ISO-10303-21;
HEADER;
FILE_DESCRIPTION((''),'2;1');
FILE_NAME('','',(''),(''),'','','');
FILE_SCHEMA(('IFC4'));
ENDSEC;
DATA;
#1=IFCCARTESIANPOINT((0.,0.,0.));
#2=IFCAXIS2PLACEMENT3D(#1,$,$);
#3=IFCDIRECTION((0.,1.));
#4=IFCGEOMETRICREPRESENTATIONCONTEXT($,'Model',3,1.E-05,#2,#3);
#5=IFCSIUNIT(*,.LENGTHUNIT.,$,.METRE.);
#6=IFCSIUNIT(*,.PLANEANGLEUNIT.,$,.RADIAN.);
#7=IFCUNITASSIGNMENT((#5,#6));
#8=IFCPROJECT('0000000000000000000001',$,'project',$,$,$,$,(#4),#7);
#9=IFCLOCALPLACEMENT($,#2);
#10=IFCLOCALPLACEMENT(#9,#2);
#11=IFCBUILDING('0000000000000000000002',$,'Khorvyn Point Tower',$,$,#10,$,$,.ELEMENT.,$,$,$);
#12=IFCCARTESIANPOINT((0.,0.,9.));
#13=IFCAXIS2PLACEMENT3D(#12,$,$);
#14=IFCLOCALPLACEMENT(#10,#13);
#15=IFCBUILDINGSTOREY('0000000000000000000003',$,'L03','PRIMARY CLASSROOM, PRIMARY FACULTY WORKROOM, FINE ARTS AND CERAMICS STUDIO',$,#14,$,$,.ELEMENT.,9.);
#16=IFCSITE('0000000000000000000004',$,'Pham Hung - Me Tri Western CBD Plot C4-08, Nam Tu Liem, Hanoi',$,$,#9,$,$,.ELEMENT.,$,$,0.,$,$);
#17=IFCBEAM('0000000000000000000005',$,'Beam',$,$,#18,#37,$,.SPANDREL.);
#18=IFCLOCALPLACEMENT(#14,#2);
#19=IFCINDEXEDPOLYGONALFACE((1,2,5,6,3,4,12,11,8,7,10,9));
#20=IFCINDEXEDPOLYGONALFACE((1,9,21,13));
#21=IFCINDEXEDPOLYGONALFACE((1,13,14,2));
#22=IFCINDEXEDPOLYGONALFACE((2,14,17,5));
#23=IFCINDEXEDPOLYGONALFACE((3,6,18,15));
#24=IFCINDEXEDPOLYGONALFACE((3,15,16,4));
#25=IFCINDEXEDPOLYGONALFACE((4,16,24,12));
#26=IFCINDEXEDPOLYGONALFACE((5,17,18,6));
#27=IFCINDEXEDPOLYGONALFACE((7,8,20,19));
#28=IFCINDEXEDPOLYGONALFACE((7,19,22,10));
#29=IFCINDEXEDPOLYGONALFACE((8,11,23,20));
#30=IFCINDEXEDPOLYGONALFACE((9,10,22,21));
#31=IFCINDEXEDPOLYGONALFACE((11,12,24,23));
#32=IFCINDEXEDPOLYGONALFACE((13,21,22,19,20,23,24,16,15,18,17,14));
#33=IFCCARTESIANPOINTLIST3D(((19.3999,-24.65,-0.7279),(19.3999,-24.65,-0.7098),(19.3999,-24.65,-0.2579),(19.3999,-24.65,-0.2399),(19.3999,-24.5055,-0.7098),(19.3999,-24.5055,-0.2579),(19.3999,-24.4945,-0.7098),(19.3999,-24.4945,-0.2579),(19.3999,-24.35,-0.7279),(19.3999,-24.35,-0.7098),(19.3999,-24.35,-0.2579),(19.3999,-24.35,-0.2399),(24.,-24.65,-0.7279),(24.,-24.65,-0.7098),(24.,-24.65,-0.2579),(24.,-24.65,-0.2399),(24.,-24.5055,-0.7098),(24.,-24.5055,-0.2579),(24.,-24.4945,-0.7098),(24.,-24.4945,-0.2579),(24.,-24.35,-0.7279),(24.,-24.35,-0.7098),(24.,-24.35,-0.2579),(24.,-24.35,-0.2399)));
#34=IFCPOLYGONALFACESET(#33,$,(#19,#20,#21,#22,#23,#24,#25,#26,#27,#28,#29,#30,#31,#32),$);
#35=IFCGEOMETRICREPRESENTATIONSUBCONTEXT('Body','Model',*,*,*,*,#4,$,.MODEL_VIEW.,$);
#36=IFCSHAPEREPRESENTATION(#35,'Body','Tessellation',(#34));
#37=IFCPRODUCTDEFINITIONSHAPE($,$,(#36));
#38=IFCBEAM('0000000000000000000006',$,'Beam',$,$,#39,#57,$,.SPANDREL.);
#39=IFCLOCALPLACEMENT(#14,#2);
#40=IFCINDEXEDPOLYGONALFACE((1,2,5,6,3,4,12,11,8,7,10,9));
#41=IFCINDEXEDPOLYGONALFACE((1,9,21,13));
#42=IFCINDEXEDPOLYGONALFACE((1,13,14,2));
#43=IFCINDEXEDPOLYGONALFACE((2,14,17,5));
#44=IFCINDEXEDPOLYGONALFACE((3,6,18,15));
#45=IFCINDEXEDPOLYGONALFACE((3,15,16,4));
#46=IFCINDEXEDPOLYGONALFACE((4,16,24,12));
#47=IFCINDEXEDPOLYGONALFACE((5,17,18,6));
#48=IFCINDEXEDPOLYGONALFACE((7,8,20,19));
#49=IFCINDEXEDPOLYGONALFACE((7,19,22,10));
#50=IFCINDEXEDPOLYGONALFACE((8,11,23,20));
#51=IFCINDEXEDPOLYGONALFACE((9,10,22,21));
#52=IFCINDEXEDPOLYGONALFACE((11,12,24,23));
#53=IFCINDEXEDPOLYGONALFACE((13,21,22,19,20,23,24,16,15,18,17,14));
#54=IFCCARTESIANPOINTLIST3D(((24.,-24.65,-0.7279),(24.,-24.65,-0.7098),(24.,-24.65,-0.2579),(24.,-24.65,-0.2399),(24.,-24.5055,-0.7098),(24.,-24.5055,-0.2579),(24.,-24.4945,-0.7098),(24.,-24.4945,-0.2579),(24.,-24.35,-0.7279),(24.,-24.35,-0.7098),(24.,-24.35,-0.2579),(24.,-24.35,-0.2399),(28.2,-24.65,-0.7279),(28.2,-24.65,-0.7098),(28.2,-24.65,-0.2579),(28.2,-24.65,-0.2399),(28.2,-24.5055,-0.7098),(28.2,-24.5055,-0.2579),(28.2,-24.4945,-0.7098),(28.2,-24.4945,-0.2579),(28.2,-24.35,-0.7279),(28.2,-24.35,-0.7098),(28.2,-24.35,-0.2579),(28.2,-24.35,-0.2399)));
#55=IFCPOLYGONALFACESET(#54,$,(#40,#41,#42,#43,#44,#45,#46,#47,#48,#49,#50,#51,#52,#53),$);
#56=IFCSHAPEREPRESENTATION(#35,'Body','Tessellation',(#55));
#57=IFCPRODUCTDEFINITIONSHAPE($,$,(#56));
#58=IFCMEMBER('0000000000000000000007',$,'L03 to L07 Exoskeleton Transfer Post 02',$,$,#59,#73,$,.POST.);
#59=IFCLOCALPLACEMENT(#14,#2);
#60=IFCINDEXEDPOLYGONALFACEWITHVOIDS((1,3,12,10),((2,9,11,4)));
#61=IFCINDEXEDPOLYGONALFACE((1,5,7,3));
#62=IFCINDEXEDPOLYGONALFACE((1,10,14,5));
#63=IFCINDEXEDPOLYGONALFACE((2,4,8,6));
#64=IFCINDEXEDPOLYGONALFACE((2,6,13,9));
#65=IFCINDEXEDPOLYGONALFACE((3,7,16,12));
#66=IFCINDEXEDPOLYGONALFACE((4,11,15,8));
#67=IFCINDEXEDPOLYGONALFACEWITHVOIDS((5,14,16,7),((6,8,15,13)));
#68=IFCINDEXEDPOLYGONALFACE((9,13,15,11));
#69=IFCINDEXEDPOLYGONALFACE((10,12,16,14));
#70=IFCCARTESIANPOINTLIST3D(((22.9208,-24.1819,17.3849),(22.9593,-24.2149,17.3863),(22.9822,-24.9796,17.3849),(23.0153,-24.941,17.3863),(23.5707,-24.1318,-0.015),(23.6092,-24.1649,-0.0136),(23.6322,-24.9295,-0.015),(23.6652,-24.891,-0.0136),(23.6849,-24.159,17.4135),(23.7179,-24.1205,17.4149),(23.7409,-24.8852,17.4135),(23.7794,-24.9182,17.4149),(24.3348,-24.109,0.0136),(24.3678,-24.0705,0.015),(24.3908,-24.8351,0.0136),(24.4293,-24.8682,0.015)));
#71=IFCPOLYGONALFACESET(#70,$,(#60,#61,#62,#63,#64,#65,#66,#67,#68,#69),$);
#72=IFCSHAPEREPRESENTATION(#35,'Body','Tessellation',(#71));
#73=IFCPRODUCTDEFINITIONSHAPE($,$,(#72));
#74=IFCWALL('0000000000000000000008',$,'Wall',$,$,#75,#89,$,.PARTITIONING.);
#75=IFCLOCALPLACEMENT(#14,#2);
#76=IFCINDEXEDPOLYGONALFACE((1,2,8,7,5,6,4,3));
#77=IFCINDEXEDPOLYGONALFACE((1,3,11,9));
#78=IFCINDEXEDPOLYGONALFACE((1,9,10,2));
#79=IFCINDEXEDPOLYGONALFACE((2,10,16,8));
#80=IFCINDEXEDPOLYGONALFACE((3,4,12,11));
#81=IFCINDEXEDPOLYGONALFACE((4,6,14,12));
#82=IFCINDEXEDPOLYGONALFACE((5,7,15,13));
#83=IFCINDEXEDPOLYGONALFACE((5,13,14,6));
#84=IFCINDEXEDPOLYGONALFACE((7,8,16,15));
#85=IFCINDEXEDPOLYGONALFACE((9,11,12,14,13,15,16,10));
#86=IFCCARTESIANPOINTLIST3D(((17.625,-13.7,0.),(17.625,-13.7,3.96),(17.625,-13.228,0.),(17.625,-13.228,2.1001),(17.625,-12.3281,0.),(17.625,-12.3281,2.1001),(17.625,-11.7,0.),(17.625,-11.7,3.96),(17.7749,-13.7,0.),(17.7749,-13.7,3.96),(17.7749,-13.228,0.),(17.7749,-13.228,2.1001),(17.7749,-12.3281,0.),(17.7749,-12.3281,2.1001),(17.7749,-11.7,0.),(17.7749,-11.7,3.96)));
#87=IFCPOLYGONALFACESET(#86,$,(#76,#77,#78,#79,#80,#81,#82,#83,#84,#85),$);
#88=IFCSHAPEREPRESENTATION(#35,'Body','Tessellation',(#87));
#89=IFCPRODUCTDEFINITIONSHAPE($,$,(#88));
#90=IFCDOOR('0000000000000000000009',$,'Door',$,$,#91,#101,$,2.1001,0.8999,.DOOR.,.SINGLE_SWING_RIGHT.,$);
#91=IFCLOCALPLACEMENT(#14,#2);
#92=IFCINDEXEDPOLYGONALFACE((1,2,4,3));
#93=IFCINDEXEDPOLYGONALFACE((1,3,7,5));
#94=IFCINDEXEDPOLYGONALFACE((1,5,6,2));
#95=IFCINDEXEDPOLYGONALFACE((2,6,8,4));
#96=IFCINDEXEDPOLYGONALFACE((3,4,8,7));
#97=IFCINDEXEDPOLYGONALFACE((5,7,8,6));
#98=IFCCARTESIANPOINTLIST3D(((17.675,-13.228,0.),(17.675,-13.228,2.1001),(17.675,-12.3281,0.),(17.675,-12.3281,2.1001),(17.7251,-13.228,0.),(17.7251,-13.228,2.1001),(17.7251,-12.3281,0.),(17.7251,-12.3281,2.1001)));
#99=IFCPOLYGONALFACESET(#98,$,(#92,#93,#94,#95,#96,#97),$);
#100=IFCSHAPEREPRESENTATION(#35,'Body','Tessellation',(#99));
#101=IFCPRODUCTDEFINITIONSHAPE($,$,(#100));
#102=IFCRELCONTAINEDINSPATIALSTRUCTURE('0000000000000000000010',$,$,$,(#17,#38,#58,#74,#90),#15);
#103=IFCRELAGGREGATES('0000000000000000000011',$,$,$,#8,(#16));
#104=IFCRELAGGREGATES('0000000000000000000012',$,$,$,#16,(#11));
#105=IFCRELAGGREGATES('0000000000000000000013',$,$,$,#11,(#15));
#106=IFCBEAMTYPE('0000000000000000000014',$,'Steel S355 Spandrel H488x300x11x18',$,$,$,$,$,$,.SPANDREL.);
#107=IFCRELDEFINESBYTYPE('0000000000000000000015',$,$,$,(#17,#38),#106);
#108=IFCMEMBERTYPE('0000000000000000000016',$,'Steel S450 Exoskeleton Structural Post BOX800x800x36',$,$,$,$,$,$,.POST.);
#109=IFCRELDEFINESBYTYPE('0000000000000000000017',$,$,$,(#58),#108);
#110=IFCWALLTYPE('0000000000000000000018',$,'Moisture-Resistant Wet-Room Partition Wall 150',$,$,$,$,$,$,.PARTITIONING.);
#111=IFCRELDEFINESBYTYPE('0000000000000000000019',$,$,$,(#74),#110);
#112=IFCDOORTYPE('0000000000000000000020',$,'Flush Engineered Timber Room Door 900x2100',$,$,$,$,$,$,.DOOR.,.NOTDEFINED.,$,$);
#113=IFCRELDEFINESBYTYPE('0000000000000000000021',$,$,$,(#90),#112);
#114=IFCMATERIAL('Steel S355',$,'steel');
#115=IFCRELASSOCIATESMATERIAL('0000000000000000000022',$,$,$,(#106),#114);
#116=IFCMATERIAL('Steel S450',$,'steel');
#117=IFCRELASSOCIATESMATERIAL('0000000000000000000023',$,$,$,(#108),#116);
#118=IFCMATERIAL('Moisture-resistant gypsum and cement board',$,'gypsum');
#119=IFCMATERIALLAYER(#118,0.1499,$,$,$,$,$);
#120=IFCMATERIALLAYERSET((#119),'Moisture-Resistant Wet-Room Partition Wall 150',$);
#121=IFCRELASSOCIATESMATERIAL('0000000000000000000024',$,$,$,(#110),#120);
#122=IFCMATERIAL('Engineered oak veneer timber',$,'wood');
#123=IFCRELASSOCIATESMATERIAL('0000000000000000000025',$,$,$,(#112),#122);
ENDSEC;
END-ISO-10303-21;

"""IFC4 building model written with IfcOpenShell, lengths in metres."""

from ifc_helpers import new_model, si_unit, direction, frame, frame_2d, origin, origin_2d, place, context, subcontext, project, spatial, rectangle, hollow_rectangle, i_section, extrude, material, layer, layer_set, material_profile, profile_set, type_object, element, fill, save


model = new_model("IFC4")

# Units and contexts
model_context = context("Model", 3, precision=1e-05, world=origin(), true_north=direction((0.0, 1.0)))
body_context = subcontext(model_context, "Body", "Model", "MODEL_VIEW")
ifc_project = project(units=[si_unit("LENGTHUNIT", "METRE"), si_unit("PLANEANGLEUNIT", "RADIAN")], contexts=[model_context])

# Site, building, storey
site_placement = place(None, origin())
site = spatial("IfcSite", under=ifc_project, at=site_placement, Name="Pham Hung - Me Tri Western CBD Plot C4-08, Nam Tu Liem, Hanoi", CompositionType="ELEMENT", RefElevation=0.0)
building_placement = place(site_placement, origin())
building = spatial("IfcBuilding", under=site, at=building_placement, Name="Khorvyn Point Tower", CompositionType="ELEMENT")
storey_placement = place(building_placement, frame((0.0, 0.0, 9.0)))
storey = spatial("IfcBuildingStorey", under=building, at=storey_placement, Name="L03", Description="PRIMARY CLASSROOM, PRIMARY FACULTY WORKROOM, FINE ARTS AND CERAMICS STUDIO", CompositionType="ELEMENT", Elevation=9.0)

# Beams
ifc_material_1 = material(Name="Steel S355", Category="steel")
ifc_material_profile_1 = material_profile(ifc_material_1, i_section(OverallWidth=0.3, OverallDepth=0.488, WebThickness=0.011, FlangeThickness=0.0181, at=origin_2d()))
ifc_profile_set_1 = profile_set([ifc_material_profile_1], Name="Steel S355 H488x300x11x18")
beam_type_1 = type_object("IfcBeamType", Name="Steel S355 Spandrel H488x300x11x18", PredefinedType="SPANDREL", material=ifc_profile_set_1)
beam_1_placement = place(storey_placement, frame((19.3999, -24.5, -0.4839), z_axis=(1.0, 0.0, 0.0), x_axis=(0.0, 1.0, 0.0)))
element("IfcBeam", 1, at=beam_1_placement, inside=storey, type_object=beam_type_1, Name="Beam", PredefinedType="SPANDREL", context=body_context, shape_type="SweptSolid", body=[
    extrude(i_section(OverallWidth=0.3, OverallDepth=0.488, WebThickness=0.011, FlangeThickness=0.0181, at=origin_2d()), origin(), (0.0, 0.0, 1.0), 4.6001),
])
beam_2_placement = place(storey_placement, frame((24.0, -24.5, -0.4839), z_axis=(1.0, 0.0, 0.0), x_axis=(0.0, 1.0, 0.0)))
element("IfcBeam", 2, at=beam_2_placement, inside=storey, type_object=beam_type_1, Name="Beam", PredefinedType="SPANDREL", context=body_context, shape_type="SweptSolid", body=[
    extrude(i_section(OverallWidth=0.3, OverallDepth=0.488, WebThickness=0.011, FlangeThickness=0.0181, at=origin_2d()), origin(), (0.0, 0.0, 1.0), 4.2),
])

# Member
ifc_material_2 = material(Name="Steel S450", Category="steel")
ifc_material_profile_2 = material_profile(ifc_material_2, hollow_rectangle(XDim=0.8, YDim=0.8, WallThickness=0.0359, at=origin_2d()))
ifc_profile_set_2 = profile_set([ifc_material_profile_2], Name="Steel S450 BOX800x800x36")
member_type = type_object("IfcMemberType", Name="Steel S450 Exoskeleton Structural Post BOX800x800x36", PredefinedType="POST", material=ifc_profile_set_2)
member_placement = place(storey_placement, frame((24.0, -24.5, 0.0), z_axis=(-0.037325, -0.002874, 0.999299), x_axis=(0.076782, -0.997048, 0.0)))
element("IfcMember", 3, at=member_placement, inside=storey, type_object=member_type, Name="L03 to L07 Exoskeleton Transfer Post 02", PredefinedType="POST", context=body_context, shape_type="SweptSolid", body=[
    extrude(hollow_rectangle(XDim=0.8, YDim=0.8, WallThickness=0.0359, at=origin_2d()), origin(), (0.0, 0.0, 1.0), 17.4121),
])

# Wall, opening, door
ifc_material_3 = material(Name="Moisture-resistant gypsum and cement board", Category="gypsum")
ifc_layer = layer(ifc_material_3, 0.1499)
ifc_layer_set = layer_set([ifc_layer], Name="Moisture-Resistant Wet-Room Partition Wall 150")
wall_type = type_object("IfcWallType", Name="Moisture-Resistant Wet-Room Partition Wall 150", PredefinedType="PARTITIONING", material=ifc_layer_set)
wall_placement = place(storey_placement, frame((17.7, -13.7, 0.0), z_axis=(0.0, 0.0, 1.0), x_axis=(0.0, 1.0, 0.0)))
wall = element("IfcWall", 4, at=wall_placement, inside=storey, type_object=wall_type, Name="Wall", PredefinedType="PARTITIONING", context=body_context, shape_type="SweptSolid", body=[
    extrude(rectangle(XDim=2.0, YDim=0.1499, at=frame_2d((1.0, 0.0))), origin(), (0.0, 0.0, 1.0), 3.96),
])
opening_placement = place(wall_placement, frame((0.4719, 0.0, 0.0)))
opening = element("IfcOpeningElement", 5, at=opening_placement, cuts=wall, PredefinedType="OPENING", context=body_context, shape_type="SweptSolid", body=[
    extrude(rectangle(XDim=0.8999, YDim=2.1001, at=frame_2d((0.45, 1.05))), frame((0.0, 0.085, 0.0), z_axis=(0.0, -1.0, 0.0), x_axis=(1.0, 0.0, 0.0)), (0.0, 0.0, 1.0), 0.1699),
])
ifc_material_4 = material(Name="Engineered oak veneer timber", Category="wood")
door_type = type_object("IfcDoorType", Name="Flush Engineered Timber Room Door 900x2100", OperationType="NOTDEFINED", PredefinedType="DOOR", material=ifc_material_4)
door_placement = place(opening_placement, origin())
door = element("IfcDoor", 6, at=door_placement, inside=storey, type_object=door_type, Name="Door", OperationType="SINGLE_SWING_RIGHT", OverallHeight=2.1001, OverallWidth=0.8999, PredefinedType="DOOR", context=body_context, shape_type="SweptSolid", body=[
    extrude(rectangle(XDim=0.8999, YDim=2.1001, at=frame_2d((0.45, 1.05))), frame((0.0, 0.0249, 0.0), z_axis=(0.0, -1.0, 0.0), x_axis=(1.0, 0.0, 0.0)), (0.0, 0.0, 1.0), 0.05),
])
fill(opening, door)

save(model, "model.ifc")
